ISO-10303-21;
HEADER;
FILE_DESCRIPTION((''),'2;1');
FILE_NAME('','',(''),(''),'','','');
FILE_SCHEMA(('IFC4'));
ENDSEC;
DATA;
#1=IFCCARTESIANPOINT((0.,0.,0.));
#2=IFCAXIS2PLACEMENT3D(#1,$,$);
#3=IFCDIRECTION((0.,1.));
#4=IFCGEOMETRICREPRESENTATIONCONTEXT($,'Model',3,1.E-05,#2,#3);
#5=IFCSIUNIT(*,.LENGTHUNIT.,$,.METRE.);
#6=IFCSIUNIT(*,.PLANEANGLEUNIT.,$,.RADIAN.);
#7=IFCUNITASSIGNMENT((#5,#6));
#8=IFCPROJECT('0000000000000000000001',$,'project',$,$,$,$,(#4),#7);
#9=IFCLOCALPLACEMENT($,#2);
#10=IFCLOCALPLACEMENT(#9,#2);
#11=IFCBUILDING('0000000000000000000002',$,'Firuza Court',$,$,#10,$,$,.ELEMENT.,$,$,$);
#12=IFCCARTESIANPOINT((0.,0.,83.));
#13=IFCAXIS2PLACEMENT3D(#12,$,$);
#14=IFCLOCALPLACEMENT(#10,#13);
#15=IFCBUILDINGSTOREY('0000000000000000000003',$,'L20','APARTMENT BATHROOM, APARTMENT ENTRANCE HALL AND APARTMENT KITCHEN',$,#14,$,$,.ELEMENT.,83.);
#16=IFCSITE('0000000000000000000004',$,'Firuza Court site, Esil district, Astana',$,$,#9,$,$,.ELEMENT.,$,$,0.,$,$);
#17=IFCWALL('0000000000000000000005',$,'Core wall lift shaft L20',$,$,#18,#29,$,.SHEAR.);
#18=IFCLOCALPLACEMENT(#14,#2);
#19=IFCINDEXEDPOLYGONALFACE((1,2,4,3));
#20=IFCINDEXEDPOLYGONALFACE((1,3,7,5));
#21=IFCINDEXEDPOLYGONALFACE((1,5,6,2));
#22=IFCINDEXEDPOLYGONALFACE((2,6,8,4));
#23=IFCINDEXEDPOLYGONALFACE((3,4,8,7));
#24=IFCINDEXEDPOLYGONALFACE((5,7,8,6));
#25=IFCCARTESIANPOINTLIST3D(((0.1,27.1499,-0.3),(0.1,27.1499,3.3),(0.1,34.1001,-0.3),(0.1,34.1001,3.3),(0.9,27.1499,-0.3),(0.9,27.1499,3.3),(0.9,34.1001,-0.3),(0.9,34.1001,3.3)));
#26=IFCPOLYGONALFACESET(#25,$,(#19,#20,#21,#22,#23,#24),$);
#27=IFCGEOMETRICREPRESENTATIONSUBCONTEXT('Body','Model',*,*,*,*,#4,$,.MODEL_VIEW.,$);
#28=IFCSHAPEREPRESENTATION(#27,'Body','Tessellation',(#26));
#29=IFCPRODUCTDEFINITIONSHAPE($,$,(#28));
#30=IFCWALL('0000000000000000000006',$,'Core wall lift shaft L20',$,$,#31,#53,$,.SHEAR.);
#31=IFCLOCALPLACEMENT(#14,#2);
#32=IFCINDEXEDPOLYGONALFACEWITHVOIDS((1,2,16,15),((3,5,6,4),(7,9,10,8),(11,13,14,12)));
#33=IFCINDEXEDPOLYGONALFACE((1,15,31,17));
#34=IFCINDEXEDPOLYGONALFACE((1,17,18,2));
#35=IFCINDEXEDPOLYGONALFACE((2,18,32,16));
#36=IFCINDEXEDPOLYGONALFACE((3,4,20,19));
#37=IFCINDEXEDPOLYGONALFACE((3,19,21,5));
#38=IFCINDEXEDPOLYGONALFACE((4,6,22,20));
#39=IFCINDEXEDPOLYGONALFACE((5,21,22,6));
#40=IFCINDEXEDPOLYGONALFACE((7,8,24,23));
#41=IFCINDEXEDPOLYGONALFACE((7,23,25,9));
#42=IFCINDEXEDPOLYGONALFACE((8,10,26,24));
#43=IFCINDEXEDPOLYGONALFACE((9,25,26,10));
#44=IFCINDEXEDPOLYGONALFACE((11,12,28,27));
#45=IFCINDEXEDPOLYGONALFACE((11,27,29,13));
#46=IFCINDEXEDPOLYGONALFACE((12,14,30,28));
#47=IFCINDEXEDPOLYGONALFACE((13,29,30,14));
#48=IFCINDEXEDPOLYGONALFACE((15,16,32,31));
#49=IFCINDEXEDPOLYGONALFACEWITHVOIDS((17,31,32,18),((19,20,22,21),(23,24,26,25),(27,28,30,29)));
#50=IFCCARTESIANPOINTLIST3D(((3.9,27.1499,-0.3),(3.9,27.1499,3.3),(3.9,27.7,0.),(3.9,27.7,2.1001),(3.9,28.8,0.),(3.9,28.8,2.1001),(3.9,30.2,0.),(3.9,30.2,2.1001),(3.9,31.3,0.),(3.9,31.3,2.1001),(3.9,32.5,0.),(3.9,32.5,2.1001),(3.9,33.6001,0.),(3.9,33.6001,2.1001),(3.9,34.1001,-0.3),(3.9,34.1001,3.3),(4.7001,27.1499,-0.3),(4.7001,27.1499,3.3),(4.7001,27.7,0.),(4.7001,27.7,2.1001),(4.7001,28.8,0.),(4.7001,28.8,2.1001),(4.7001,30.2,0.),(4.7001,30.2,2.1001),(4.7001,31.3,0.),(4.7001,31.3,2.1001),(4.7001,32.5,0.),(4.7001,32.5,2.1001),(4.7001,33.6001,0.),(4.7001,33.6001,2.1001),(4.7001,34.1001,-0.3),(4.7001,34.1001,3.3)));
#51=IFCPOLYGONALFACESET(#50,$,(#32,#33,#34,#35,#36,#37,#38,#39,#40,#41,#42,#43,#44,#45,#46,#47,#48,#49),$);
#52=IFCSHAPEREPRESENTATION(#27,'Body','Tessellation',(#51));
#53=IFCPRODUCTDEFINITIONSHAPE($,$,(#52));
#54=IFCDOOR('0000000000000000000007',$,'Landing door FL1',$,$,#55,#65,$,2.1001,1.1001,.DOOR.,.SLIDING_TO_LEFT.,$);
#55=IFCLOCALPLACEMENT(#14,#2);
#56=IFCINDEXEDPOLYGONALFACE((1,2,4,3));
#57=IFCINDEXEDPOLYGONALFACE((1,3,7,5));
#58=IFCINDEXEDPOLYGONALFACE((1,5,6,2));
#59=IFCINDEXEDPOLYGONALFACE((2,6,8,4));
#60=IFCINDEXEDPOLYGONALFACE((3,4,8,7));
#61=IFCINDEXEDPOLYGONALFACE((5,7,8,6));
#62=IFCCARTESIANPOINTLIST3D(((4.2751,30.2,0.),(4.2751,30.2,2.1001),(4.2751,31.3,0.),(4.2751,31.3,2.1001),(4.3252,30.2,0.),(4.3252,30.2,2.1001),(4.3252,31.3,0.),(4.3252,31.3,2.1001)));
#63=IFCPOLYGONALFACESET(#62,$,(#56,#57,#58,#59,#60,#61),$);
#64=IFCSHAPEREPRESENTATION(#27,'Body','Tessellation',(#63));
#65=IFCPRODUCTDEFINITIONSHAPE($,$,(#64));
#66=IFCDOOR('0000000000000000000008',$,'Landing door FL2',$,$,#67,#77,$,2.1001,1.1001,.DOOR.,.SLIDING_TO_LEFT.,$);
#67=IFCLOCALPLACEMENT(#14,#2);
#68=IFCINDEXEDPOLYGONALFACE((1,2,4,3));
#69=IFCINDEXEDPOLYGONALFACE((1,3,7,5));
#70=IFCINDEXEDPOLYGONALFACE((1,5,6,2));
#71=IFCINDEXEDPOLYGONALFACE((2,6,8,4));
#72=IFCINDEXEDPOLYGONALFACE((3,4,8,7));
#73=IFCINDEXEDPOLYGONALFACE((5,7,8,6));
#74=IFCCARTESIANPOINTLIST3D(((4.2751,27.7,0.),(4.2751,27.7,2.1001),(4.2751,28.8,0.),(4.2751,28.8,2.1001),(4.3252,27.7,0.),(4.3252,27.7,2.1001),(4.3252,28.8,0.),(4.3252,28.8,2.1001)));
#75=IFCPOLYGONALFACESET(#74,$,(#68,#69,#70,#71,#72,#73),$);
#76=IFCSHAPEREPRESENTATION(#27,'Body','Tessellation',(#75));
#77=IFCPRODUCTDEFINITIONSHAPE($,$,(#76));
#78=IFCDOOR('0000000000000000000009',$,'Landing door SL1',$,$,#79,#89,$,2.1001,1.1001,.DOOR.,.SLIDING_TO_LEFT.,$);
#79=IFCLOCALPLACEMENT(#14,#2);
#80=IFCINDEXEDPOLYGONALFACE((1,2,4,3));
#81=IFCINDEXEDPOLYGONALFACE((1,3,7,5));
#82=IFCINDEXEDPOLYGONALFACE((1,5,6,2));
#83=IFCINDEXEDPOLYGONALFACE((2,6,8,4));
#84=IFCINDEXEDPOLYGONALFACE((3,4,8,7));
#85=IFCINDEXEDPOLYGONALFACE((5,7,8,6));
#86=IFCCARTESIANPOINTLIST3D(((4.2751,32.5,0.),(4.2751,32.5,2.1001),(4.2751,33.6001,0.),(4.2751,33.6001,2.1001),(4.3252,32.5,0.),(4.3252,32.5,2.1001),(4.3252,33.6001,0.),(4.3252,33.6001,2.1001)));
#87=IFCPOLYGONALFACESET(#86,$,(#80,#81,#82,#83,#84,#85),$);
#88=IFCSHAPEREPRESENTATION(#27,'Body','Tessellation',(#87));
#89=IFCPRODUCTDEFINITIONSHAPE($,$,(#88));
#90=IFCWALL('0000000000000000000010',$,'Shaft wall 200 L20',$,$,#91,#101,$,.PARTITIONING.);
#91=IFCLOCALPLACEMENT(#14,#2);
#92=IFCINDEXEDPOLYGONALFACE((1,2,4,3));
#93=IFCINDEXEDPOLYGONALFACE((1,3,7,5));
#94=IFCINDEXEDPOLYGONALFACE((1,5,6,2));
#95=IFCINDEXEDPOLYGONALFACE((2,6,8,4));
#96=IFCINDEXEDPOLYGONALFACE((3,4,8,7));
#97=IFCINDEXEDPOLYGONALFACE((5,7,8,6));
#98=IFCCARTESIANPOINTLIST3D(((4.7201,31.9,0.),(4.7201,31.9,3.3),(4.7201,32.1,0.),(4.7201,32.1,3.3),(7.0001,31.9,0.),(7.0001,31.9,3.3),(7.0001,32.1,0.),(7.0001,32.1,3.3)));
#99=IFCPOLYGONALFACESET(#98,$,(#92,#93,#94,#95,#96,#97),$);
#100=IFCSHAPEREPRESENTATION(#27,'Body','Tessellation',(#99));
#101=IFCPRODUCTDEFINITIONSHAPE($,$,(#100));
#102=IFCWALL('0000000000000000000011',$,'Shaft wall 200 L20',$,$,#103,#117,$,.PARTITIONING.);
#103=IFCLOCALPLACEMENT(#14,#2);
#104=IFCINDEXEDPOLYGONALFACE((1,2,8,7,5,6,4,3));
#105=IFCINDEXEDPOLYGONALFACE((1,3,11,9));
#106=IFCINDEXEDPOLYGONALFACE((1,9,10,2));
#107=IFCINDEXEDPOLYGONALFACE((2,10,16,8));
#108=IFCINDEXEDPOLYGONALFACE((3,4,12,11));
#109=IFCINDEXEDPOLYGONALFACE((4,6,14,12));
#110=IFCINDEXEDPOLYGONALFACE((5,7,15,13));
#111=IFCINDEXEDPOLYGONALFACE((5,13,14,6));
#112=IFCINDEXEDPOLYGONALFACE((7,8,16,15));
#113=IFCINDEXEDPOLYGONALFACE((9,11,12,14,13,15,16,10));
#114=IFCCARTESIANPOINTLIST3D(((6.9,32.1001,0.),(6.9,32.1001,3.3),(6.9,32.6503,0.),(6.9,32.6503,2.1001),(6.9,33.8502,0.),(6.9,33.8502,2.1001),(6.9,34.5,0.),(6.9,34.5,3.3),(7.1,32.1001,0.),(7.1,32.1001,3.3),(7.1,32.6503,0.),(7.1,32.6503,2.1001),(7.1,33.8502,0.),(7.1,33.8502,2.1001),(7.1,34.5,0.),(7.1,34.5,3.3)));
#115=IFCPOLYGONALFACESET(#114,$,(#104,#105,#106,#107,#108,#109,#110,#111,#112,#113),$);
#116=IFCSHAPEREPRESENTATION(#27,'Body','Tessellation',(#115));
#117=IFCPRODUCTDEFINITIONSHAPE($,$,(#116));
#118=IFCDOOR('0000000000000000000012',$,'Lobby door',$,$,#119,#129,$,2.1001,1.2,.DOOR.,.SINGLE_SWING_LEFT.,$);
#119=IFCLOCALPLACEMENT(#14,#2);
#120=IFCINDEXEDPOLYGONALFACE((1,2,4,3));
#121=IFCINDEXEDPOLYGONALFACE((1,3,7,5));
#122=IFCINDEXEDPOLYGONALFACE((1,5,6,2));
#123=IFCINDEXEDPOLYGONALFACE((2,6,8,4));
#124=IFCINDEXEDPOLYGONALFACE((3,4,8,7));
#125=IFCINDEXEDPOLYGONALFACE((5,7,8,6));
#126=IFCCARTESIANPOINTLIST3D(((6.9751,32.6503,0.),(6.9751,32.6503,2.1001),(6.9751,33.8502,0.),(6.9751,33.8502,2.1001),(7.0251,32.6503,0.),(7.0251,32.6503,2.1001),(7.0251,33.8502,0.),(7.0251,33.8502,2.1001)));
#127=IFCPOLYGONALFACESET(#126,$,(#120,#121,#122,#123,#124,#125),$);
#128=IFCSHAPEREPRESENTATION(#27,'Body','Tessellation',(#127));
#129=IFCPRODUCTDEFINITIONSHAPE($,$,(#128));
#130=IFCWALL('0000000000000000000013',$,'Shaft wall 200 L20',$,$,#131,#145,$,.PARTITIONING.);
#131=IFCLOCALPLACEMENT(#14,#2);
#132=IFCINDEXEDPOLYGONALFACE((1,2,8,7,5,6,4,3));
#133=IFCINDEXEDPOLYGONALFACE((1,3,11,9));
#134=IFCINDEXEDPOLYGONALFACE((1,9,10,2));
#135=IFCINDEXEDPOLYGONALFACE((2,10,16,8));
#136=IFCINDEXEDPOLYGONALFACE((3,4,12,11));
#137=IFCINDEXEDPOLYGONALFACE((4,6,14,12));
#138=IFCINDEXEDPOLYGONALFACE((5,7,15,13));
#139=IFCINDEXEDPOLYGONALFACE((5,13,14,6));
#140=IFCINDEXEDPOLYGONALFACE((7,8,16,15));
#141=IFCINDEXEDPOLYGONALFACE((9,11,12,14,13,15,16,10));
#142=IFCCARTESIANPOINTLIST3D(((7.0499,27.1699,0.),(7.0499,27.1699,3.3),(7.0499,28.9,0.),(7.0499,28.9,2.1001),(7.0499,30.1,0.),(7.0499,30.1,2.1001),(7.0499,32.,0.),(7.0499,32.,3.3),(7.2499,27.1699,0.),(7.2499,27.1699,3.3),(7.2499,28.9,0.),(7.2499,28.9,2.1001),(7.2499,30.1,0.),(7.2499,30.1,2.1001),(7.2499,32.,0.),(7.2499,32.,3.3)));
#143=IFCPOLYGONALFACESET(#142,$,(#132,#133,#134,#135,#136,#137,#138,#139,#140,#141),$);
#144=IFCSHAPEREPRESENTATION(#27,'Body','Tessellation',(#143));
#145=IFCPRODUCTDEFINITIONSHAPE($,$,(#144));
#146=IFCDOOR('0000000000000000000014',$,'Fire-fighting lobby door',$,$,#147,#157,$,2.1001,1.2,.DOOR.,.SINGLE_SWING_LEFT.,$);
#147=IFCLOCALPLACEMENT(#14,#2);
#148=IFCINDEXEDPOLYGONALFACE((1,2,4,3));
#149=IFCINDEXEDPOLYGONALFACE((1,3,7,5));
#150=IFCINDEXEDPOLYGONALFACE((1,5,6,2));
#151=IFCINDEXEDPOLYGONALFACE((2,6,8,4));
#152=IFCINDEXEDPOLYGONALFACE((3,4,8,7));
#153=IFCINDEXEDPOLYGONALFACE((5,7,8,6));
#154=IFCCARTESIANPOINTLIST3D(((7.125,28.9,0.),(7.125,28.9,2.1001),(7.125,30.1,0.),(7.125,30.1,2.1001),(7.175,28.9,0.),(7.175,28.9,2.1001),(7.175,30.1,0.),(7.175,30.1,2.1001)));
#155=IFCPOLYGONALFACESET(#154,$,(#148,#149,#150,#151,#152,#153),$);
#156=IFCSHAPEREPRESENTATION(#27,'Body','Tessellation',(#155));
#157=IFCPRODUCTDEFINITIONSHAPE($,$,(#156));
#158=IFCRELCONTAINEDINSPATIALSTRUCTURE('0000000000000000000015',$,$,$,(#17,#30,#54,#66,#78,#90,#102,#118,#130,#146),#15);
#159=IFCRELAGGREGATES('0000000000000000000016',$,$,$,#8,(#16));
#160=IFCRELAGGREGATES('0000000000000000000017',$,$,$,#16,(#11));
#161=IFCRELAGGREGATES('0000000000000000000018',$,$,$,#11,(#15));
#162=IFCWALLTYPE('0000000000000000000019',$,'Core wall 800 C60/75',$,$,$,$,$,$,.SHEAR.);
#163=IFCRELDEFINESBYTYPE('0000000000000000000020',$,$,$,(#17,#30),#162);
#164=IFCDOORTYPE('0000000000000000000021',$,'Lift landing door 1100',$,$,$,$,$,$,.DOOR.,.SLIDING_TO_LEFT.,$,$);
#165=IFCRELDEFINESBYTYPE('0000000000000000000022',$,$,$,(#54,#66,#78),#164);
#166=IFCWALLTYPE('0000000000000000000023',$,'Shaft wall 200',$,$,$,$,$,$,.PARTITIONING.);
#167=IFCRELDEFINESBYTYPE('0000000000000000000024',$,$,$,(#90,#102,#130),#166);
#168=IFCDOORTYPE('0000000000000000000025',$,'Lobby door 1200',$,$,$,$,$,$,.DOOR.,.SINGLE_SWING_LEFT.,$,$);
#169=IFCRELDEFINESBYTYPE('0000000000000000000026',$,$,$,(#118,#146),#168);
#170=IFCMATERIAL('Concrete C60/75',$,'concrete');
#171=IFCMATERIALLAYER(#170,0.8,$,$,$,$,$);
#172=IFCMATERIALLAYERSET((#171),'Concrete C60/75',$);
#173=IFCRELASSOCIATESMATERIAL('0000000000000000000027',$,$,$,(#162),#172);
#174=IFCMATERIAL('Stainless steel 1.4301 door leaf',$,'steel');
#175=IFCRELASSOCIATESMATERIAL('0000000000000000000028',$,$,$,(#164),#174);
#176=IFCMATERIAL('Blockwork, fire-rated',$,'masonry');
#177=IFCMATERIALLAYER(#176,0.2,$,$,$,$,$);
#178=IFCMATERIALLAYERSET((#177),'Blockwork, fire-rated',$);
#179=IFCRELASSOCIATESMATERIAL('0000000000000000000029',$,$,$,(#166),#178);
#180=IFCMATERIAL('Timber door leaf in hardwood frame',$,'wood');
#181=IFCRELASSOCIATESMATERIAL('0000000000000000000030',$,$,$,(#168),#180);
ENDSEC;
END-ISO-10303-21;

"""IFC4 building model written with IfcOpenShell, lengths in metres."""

from ifc_helpers import new_model, si_unit, direction, frame, frame_2d, origin, place, context, subcontext, project, spatial, rectangle, extrude, material, layer, layer_set, type_object, element, fill, save


model = new_model("IFC4")

# Units and contexts
model_context = context("Model", 3, precision=1e-05, world=origin(), true_north=direction((0.0, 1.0)))
body_context = subcontext(model_context, "Body", "Model", "MODEL_VIEW")
ifc_project = project(units=[si_unit("LENGTHUNIT", "METRE"), si_unit("PLANEANGLEUNIT", "RADIAN")], contexts=[model_context])

# Site, building, storey
site_placement = place(None, origin())
site = spatial("IfcSite", under=ifc_project, at=site_placement, Name="Firuza Court site, Esil district, Astana", CompositionType="ELEMENT", RefElevation=0.0)
building_placement = place(site_placement, origin())
building = spatial("IfcBuilding", under=site, at=building_placement, Name="Firuza Court", CompositionType="ELEMENT")
storey_placement = place(building_placement, frame((0.0, 0.0, 83.0)))
storey = spatial("IfcBuildingStorey", under=building, at=storey_placement, Name="L20", Description="APARTMENT BATHROOM, APARTMENT ENTRANCE HALL AND APARTMENT KITCHEN", CompositionType="ELEMENT", Elevation=83.0)

# Shared definitions
ifc_material_1 = material(Name="Concrete C60/75", Category="concrete")

# Wall
ifc_layer_1 = layer(ifc_material_1, 0.8)
ifc_layer_set_1 = layer_set([ifc_layer_1], Name="Concrete C60/75")
wall_type_1 = type_object("IfcWallType", Name="Core wall 800 C60/75", PredefinedType="SHEAR", material=ifc_layer_set_1)
wall_1_placement = place(storey_placement, frame((0.5, 27.1499, -0.3), z_axis=(0.0, 0.0, 1.0), x_axis=(0.0, 1.0, 0.0)))
element("IfcWall", 1, at=wall_1_placement, inside=storey, type_object=wall_type_1, Name="Core wall lift shaft L20", PredefinedType="SHEAR", context=body_context, shape_type="SweptSolid", body=[
    extrude(rectangle(XDim=6.9502, YDim=0.8, at=frame_2d((3.4751, 0.0))), origin(), (0.0, 0.0, 1.0), 3.6001),
])

# Wall, openings, doors
wall_2_placement = place(storey_placement, frame((4.3, 27.1499, -0.3), z_axis=(0.0, 0.0, 1.0), x_axis=(0.0, 1.0, 0.0)))
wall_2 = element("IfcWall", 2, at=wall_2_placement, inside=storey, type_object=wall_type_1, Name="Core wall lift shaft L20", PredefinedType="SHEAR", context=body_context, shape_type="SweptSolid", body=[
    extrude(rectangle(XDim=6.9502, YDim=0.8, at=frame_2d((3.4751, 0.0))), origin(), (0.0, 0.0, 1.0), 3.6001),
])
opening_1_placement = place(wall_2_placement, frame((3.05, 0.0, 0.3)))
opening_1 = element("IfcOpeningElement", 3, at=opening_1_placement, cuts=wall_2, PredefinedType="OPENING", context=body_context, shape_type="SweptSolid", body=[
    extrude(rectangle(XDim=1.1001, YDim=2.1001, at=frame_2d((0.55, 1.05))), frame((0.0, 0.4121, 0.0), z_axis=(0.0, -1.0, 0.0), x_axis=(1.0, 0.0, 0.0)), (0.0, 0.0, 1.0), 0.824),
])
opening_2_placement = place(wall_2_placement, frame((0.55, 0.0, 0.3)))
opening_2 = element("IfcOpeningElement", 4, at=opening_2_placement, cuts=wall_2, PredefinedType="OPENING", context=body_context, shape_type="SweptSolid", body=[
    extrude(rectangle(XDim=1.1001, YDim=2.1001, at=frame_2d((0.55, 1.05))), frame((0.0, 0.4121, 0.0), z_axis=(0.0, -1.0, 0.0), x_axis=(1.0, 0.0, 0.0)), (0.0, 0.0, 1.0), 0.824),
])
opening_3_placement = place(wall_2_placement, frame((5.3501, 0.0, 0.3)))
opening_3 = element("IfcOpeningElement", 5, at=opening_3_placement, cuts=wall_2, PredefinedType="OPENING", context=body_context, shape_type="SweptSolid", body=[
    extrude(rectangle(XDim=1.1001, YDim=2.1001, at=frame_2d((0.55, 1.05))), frame((0.0, 0.4121, 0.0), z_axis=(0.0, -1.0, 0.0), x_axis=(1.0, 0.0, 0.0)), (0.0, 0.0, 1.0), 0.824),
])
ifc_material_2 = material(Name="Stainless steel 1.4301 door leaf", Category="steel")
door_type_1 = type_object("IfcDoorType", Name="Lift landing door 1100", OperationType="SLIDING_TO_LEFT", PredefinedType="DOOR", material=ifc_material_2)
door_1_placement = place(opening_1_placement, origin())
door_1 = element("IfcDoor", 6, at=door_1_placement, inside=storey, type_object=door_type_1, Name="Landing door FL1", OperationType="SLIDING_TO_LEFT", OverallHeight=2.1001, OverallWidth=1.1001, PredefinedType="DOOR", context=body_context, shape_type="SweptSolid", body=[
    extrude(rectangle(XDim=1.1001, YDim=2.1001, at=frame_2d((0.55, 1.05))), frame((0.0, 0.0249, 0.0), z_axis=(0.0, -1.0, 0.0), x_axis=(1.0, 0.0, 0.0)), (0.0, 0.0, 1.0), 0.05),
])
fill(opening_1, door_1)
door_2_placement = place(opening_2_placement, origin())
door_2 = element("IfcDoor", 7, at=door_2_placement, inside=storey, type_object=door_type_1, Name="Landing door FL2", OperationType="SLIDING_TO_LEFT", OverallHeight=2.1001, OverallWidth=1.1001, PredefinedType="DOOR", context=body_context, shape_type="SweptSolid", body=[
    extrude(rectangle(XDim=1.1001, YDim=2.1001, at=frame_2d((0.55, 1.05))), frame((0.0, 0.0249, 0.0), z_axis=(0.0, -1.0, 0.0), x_axis=(1.0, 0.0, 0.0)), (0.0, 0.0, 1.0), 0.05),
])
fill(opening_2, door_2)
door_3_placement = place(opening_3_placement, origin())
door_3 = element("IfcDoor", 8, at=door_3_placement, inside=storey, type_object=door_type_1, Name="Landing door SL1", OperationType="SLIDING_TO_LEFT", OverallHeight=2.1001, OverallWidth=1.1001, PredefinedType="DOOR", context=body_context, shape_type="SweptSolid", body=[
    extrude(rectangle(XDim=1.1001, YDim=2.1001, at=frame_2d((0.55, 1.05))), frame((0.0, 0.0249, 0.0), z_axis=(0.0, -1.0, 0.0), x_axis=(1.0, 0.0, 0.0)), (0.0, 0.0, 1.0), 0.05),
])
fill(opening_3, door_3)

# Wall
ifc_material_3 = material(Name="Blockwork, fire-rated", Category="masonry")
ifc_layer_2 = layer(ifc_material_3, 0.2)
ifc_layer_set_2 = layer_set([ifc_layer_2], Name="Blockwork, fire-rated")
wall_type_2 = type_object("IfcWallType", Name="Shaft wall 200", PredefinedType="PARTITIONING", material=ifc_layer_set_2)
wall_3_placement = place(storey_placement, frame((4.72, 32.0, 0.0), z_axis=(0.0, 0.0, 1.0), x_axis=(1.0, 0.0, 0.0)))
element("IfcWall", 9, at=wall_3_placement, inside=storey, type_object=wall_type_2, Name="Shaft wall 200 L20", PredefinedType="PARTITIONING", context=body_context, shape_type="SweptSolid", body=[
    extrude(rectangle(XDim=2.28, YDim=0.2, at=frame_2d((1.1401, 0.0))), origin(), (0.0, 0.0, 1.0), 3.3),
])

# Walls, openings, doors
wall_4_placement = place(storey_placement, frame((7.0, 32.1001, 0.0), z_axis=(0.0, 0.0, 1.0), x_axis=(0.0, 1.0, 0.0)))
wall_4 = element("IfcWall", 10, at=wall_4_placement, inside=storey, type_object=wall_type_2, Name="Shaft wall 200 L20", PredefinedType="PARTITIONING", context=body_context, shape_type="SweptSolid", body=[
    extrude(rectangle(XDim=2.3999, YDim=0.2, at=frame_2d((1.2, 0.0))), origin(), (0.0, 0.0, 1.0), 3.3),
])
opening_4_placement = place(wall_4_placement, frame((0.55, 0.0, 0.0)))
opening_4 = element("IfcOpeningElement", 11, at=opening_4_placement, cuts=wall_4, PredefinedType="OPENING", context=body_context, shape_type="SweptSolid", body=[
    extrude(rectangle(XDim=1.2, YDim=2.1001, at=frame_2d((0.6001, 1.05))), frame((0.0, 0.1118, 0.0), z_axis=(0.0, -1.0, 0.0), x_axis=(1.0, 0.0, 0.0)), (0.0, 0.0, 1.0), 0.2239),
])
ifc_material_4 = material(Name="Timber door leaf in hardwood frame", Category="wood")
door_type_2 = type_object("IfcDoorType", Name="Lobby door 1200", OperationType="SINGLE_SWING_LEFT", PredefinedType="DOOR", material=ifc_material_4)
door_4_placement = place(opening_4_placement, origin())
door_4 = element("IfcDoor", 12, at=door_4_placement, inside=storey, type_object=door_type_2, Name="Lobby door", OperationType="SINGLE_SWING_LEFT", OverallHeight=2.1001, OverallWidth=1.2, PredefinedType="DOOR", context=body_context, shape_type="SweptSolid", body=[
    extrude(rectangle(XDim=1.2, YDim=2.1001, at=frame_2d((0.6001, 1.05))), frame((0.0, 0.0249, 0.0), z_axis=(0.0, -1.0, 0.0), x_axis=(1.0, 0.0, 0.0)), (0.0, 0.0, 1.0), 0.05),
])
fill(opening_4, door_4)
wall_5_placement = place(storey_placement, frame((7.1499, 27.1699, 0.0), z_axis=(0.0, 0.0, 1.0), x_axis=(0.0, 1.0, 0.0)))
wall_5 = element("IfcWall", 13, at=wall_5_placement, inside=storey, type_object=wall_type_2, Name="Shaft wall 200 L20", PredefinedType="PARTITIONING", context=body_context, shape_type="SweptSolid", body=[
    extrude(rectangle(XDim=4.8301, YDim=0.2, at=frame_2d((2.415, 0.0))), origin(), (0.0, 0.0, 1.0), 3.3),
])
opening_5_placement = place(wall_5_placement, frame((1.73, 0.0, 0.0)))
opening_5 = element("IfcOpeningElement", 14, at=opening_5_placement, cuts=wall_5, PredefinedType="OPENING", context=body_context, shape_type="SweptSolid", body=[
    extrude(rectangle(XDim=1.2, YDim=2.1001, at=frame_2d((0.6001, 1.05))), frame((0.0, 0.1118, 0.0), z_axis=(0.0, -1.0, 0.0), x_axis=(1.0, 0.0, 0.0)), (0.0, 0.0, 1.0), 0.2239),
])
door_5_placement = place(opening_5_placement, origin())
door_5 = element("IfcDoor", 15, at=door_5_placement, inside=storey, type_object=door_type_2, Name="Fire-fighting lobby door", OperationType="SINGLE_SWING_LEFT", OverallHeight=2.1001, OverallWidth=1.2, PredefinedType="DOOR", context=body_context, shape_type="SweptSolid", body=[
    extrude(rectangle(XDim=1.2, YDim=2.1001, at=frame_2d((0.6001, 1.05))), frame((0.0, 0.0249, 0.0), z_axis=(0.0, -1.0, 0.0), x_axis=(1.0, 0.0, 0.0)), (0.0, 0.0, 1.0), 0.05),
])
fill(opening_5, door_5)

save(model, "model.ifc")
